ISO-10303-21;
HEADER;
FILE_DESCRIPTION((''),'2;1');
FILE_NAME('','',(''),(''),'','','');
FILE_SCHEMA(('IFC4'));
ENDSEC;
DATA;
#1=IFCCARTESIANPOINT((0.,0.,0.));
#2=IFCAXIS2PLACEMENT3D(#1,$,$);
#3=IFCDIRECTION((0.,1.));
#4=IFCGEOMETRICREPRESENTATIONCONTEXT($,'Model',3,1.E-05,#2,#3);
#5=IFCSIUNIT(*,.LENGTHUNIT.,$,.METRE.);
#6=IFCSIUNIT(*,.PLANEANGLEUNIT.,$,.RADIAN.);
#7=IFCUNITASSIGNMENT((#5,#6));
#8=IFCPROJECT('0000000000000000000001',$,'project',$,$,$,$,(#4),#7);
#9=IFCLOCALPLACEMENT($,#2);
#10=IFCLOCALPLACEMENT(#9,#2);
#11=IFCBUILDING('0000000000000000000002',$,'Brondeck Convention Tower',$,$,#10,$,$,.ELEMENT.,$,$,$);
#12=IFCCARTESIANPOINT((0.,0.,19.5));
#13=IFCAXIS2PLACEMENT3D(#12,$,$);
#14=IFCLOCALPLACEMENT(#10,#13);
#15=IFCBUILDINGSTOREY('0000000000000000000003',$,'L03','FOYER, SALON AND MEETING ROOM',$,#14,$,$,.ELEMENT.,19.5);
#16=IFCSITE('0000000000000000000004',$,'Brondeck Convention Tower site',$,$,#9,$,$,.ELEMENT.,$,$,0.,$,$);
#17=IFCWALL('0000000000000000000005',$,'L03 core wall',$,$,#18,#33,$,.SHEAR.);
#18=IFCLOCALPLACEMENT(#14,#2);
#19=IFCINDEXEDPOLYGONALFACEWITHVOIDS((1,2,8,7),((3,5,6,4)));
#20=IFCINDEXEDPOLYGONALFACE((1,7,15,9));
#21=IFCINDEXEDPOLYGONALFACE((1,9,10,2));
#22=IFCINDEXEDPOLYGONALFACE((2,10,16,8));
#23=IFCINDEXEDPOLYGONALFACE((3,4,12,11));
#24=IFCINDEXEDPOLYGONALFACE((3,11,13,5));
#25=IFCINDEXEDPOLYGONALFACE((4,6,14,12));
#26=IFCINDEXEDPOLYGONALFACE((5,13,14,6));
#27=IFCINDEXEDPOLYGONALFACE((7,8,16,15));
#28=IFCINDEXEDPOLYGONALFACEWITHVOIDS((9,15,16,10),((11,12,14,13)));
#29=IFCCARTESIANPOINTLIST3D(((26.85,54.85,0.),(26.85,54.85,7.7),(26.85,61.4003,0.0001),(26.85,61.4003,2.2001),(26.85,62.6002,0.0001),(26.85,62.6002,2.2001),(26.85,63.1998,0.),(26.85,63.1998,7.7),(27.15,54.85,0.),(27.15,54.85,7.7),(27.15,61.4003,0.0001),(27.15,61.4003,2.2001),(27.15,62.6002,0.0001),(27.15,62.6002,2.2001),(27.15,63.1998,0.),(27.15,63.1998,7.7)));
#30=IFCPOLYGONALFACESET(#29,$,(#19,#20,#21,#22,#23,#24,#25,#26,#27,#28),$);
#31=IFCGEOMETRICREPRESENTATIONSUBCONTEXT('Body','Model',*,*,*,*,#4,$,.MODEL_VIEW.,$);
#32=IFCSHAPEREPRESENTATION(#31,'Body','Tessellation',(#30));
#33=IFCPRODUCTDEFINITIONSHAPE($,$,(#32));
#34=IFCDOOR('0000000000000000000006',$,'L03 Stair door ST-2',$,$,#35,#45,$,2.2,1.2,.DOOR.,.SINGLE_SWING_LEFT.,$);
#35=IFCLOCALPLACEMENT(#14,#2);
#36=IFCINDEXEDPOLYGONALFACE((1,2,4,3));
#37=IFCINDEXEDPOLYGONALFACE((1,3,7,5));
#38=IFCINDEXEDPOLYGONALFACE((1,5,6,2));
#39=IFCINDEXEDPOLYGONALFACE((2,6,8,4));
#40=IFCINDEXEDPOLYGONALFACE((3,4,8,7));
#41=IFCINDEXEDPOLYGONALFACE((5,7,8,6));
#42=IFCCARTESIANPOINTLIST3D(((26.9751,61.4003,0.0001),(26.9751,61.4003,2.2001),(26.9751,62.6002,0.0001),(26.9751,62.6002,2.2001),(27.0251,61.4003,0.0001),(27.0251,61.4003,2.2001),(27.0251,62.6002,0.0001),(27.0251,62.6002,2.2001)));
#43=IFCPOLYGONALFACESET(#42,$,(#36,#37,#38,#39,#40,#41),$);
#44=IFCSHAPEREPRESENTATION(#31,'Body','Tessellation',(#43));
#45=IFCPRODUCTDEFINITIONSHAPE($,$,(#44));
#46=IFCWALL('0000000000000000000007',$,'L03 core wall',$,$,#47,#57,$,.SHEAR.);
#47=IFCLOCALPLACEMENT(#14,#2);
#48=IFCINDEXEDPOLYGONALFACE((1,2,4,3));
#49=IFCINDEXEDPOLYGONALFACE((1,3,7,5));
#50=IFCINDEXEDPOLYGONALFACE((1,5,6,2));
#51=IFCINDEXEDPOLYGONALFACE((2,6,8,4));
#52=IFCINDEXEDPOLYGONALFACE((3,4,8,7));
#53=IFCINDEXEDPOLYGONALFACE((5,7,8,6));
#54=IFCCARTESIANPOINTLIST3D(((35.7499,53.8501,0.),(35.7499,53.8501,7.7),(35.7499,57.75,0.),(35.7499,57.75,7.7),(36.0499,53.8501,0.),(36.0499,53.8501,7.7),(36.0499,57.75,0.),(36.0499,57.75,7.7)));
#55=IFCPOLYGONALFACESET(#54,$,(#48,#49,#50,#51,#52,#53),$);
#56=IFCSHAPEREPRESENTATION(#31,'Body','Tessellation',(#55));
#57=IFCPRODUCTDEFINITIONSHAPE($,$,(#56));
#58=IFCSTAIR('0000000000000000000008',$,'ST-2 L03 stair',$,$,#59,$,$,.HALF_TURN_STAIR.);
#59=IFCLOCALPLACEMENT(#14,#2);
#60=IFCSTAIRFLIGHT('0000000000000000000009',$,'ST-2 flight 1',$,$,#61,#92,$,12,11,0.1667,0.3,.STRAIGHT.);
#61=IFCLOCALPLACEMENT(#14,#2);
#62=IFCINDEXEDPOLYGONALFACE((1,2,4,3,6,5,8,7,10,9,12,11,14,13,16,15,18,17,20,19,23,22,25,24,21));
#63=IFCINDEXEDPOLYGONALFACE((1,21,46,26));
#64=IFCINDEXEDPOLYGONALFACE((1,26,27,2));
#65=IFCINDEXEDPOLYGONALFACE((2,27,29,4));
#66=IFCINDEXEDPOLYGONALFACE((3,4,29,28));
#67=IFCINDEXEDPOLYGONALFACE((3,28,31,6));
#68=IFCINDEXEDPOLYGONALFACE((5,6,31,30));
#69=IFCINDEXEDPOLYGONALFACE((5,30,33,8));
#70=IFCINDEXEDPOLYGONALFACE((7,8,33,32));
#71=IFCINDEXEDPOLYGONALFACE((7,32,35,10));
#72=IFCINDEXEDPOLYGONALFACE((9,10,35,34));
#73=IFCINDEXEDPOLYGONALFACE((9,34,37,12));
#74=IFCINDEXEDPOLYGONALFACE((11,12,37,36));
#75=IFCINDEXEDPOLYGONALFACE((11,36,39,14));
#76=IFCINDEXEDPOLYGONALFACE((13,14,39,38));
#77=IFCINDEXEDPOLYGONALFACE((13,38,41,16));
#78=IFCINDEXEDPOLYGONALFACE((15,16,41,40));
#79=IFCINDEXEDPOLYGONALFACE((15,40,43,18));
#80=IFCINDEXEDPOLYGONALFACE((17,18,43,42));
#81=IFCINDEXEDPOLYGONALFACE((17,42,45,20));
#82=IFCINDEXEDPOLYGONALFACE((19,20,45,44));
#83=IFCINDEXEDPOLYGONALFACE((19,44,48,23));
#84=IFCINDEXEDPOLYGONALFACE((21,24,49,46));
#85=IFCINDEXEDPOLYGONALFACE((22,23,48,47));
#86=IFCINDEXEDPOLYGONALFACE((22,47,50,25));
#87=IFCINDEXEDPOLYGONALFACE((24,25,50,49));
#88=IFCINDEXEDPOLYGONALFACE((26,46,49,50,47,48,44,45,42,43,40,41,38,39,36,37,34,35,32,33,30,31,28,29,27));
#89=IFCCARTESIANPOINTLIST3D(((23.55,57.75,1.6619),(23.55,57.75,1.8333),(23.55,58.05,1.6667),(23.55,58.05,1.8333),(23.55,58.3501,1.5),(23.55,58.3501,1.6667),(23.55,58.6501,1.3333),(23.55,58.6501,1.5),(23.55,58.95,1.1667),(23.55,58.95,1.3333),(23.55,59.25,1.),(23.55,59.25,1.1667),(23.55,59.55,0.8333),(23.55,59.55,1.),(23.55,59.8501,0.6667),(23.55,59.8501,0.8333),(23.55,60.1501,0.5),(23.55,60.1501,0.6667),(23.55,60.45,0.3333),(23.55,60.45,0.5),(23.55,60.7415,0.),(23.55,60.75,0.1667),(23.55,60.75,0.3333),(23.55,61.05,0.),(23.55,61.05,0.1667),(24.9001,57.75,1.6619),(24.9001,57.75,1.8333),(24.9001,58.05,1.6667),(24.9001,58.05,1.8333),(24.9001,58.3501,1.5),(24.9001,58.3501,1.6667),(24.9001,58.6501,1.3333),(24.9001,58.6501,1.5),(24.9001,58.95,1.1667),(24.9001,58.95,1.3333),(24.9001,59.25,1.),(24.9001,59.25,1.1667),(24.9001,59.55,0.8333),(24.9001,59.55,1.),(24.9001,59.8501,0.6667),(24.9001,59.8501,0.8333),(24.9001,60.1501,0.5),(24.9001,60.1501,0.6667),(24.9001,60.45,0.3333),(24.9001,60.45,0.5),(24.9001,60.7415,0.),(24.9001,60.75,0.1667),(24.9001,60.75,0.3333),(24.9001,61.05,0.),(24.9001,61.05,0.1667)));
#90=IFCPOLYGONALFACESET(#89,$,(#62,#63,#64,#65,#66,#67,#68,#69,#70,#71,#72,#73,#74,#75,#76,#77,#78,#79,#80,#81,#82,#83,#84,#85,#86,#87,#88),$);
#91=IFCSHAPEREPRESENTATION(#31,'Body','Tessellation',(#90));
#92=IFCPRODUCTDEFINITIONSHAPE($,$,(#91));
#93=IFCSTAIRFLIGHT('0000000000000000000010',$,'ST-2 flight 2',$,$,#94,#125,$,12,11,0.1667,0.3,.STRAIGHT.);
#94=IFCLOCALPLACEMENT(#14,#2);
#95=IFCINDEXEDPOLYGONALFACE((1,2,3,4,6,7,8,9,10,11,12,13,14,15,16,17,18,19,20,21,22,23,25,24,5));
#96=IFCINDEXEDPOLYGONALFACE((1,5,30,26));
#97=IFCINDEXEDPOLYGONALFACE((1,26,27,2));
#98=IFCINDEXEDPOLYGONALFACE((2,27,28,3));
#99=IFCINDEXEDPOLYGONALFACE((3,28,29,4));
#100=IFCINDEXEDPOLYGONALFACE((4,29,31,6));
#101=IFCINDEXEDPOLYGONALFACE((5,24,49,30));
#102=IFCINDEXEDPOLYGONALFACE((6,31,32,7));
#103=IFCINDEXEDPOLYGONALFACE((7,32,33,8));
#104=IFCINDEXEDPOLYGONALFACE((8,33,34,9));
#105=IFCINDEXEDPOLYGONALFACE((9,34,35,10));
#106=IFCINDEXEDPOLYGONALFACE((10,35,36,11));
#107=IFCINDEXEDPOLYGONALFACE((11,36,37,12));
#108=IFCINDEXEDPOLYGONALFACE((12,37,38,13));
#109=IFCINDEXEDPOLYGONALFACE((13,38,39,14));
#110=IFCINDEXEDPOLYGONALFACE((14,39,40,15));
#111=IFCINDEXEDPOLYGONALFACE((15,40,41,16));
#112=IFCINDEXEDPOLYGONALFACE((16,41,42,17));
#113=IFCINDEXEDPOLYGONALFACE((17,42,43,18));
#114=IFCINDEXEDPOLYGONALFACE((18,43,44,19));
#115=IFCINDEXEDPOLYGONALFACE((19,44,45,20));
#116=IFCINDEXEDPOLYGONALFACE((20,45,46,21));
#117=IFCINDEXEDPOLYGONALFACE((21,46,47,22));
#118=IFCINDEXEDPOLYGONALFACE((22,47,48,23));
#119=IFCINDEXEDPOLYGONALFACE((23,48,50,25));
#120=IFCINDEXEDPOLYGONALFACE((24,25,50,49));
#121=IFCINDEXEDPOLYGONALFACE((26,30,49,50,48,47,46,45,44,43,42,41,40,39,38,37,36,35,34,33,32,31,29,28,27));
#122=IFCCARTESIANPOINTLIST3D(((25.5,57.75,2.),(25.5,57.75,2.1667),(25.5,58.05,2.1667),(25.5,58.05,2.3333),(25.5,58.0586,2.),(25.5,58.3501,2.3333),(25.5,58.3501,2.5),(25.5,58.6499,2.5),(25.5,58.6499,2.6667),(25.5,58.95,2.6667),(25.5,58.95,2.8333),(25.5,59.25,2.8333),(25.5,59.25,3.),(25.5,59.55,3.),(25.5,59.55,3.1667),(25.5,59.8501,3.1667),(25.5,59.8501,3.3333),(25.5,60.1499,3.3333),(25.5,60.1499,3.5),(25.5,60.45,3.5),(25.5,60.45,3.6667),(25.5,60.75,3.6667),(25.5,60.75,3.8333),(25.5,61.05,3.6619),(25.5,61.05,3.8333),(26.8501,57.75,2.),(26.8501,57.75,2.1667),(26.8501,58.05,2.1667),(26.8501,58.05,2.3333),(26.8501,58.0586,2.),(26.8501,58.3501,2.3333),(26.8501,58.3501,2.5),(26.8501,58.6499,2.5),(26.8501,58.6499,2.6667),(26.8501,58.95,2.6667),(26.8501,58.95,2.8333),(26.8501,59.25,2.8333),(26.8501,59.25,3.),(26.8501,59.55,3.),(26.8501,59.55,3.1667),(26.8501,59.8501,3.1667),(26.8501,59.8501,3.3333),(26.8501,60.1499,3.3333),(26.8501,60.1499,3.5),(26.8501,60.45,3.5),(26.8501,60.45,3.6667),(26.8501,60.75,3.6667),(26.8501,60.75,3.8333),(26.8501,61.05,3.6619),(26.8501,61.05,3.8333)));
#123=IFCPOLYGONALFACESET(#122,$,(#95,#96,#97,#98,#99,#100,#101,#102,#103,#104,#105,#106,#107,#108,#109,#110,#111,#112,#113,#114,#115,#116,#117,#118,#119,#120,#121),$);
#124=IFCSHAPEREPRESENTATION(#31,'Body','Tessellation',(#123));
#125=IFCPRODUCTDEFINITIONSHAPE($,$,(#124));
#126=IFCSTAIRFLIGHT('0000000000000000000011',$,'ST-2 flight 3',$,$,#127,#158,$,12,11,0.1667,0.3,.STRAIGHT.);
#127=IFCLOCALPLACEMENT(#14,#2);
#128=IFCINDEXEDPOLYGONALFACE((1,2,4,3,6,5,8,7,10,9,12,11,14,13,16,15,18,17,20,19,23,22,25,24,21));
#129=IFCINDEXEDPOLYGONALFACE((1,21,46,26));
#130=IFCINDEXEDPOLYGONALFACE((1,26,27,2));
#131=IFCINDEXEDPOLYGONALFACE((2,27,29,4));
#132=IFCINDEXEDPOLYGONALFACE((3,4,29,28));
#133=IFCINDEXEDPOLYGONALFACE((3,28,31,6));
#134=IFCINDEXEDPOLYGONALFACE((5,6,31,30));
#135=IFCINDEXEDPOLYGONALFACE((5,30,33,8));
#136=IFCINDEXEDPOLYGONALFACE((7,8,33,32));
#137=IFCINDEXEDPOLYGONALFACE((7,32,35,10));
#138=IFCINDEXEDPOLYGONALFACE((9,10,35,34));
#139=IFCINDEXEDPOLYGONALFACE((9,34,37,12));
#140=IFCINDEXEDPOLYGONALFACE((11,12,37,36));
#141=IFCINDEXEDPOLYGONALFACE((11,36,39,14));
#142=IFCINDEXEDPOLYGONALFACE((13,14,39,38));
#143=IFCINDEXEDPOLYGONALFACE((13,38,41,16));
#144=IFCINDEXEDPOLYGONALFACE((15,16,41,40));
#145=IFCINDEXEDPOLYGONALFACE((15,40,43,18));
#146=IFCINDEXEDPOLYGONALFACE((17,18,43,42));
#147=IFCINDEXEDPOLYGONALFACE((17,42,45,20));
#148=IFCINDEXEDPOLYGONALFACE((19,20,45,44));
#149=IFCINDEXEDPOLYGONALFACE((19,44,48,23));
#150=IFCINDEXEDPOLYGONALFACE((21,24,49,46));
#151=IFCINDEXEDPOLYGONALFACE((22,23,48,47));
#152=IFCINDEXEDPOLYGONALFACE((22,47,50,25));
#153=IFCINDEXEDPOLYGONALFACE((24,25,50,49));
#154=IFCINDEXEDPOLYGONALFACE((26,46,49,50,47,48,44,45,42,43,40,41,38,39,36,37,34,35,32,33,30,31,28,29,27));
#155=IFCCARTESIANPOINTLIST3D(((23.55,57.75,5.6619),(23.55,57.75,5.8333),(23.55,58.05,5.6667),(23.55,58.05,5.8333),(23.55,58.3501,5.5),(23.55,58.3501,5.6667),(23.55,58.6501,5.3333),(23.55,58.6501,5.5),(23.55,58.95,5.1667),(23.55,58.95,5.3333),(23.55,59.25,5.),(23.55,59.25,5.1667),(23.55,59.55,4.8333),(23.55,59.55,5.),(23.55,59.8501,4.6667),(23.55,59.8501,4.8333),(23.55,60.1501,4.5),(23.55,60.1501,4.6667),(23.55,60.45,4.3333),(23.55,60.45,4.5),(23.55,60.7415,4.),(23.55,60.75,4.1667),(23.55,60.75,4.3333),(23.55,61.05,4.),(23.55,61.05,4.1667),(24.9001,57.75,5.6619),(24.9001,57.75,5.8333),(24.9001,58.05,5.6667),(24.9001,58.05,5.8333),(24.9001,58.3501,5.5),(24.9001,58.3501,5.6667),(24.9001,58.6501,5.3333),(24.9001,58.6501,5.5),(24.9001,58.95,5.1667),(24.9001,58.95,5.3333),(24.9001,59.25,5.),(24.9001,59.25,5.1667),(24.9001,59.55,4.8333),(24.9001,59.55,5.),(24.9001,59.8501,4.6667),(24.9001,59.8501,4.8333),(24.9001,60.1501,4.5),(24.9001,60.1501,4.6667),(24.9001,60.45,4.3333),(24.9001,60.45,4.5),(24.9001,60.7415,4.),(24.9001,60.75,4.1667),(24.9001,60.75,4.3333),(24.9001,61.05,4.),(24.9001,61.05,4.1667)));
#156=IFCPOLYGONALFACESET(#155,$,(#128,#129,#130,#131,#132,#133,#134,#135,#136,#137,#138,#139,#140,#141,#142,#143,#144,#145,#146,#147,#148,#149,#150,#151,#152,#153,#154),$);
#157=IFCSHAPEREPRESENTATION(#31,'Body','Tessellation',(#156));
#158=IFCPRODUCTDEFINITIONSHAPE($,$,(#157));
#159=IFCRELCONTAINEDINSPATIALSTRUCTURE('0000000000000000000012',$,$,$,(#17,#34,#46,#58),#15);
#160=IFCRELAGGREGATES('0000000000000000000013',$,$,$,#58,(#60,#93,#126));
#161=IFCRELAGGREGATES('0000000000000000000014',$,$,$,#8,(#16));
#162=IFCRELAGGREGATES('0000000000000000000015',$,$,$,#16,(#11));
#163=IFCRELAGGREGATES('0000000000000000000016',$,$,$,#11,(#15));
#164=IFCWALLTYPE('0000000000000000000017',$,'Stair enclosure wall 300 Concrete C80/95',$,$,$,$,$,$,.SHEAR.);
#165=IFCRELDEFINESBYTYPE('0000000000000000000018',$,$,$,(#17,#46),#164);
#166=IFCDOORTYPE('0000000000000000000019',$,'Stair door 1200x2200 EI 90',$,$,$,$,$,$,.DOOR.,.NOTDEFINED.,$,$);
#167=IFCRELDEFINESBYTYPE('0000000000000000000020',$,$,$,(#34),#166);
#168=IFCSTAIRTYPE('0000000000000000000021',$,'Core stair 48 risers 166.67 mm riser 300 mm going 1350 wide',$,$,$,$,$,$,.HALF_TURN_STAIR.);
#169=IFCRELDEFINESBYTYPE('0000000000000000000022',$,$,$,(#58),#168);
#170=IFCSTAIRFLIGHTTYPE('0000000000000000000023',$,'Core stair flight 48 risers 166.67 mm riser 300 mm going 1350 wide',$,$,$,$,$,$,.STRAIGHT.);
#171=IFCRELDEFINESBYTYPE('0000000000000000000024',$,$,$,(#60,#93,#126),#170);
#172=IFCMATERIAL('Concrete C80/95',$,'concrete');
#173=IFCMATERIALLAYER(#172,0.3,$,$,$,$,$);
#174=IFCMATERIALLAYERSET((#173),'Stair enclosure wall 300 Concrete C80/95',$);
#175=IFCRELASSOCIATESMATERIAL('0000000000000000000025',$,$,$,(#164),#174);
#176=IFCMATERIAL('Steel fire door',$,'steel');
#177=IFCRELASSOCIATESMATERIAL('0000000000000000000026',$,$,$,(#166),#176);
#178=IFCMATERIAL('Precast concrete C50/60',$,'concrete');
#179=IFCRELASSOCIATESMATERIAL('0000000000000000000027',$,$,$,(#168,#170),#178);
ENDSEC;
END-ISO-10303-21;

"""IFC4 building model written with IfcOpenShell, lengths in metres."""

from ifc_helpers import new_model, si_unit, direction, frame, frame_2d, origin, place, context, subcontext, project, spatial, polyline, rectangle, outline, extrude, material, layer, layer_set, type_object, element, fill, aggregate, save


model = new_model("IFC4")

# Units and contexts
model_context = context("Model", 3, precision=1e-05, world=origin(), true_north=direction((0.0, 1.0)))
body_context = subcontext(model_context, "Body", "Model", "MODEL_VIEW")
ifc_project = project(units=[si_unit("LENGTHUNIT", "METRE"), si_unit("PLANEANGLEUNIT", "RADIAN")], contexts=[model_context])

# Site, building, storey
site_placement = place(None, origin())
site = spatial("IfcSite", under=ifc_project, at=site_placement, Name="Brondeck Convention Tower site", CompositionType="ELEMENT", RefElevation=0.0)
building_placement = place(site_placement, origin())
building = spatial("IfcBuilding", under=site, at=building_placement, Name="Brondeck Convention Tower", CompositionType="ELEMENT")
storey_placement = place(building_placement, frame((0.0, 0.0, 19.5)))
storey = spatial("IfcBuildingStorey", under=building, at=storey_placement, Name="L03", Description="FOYER, SALON AND MEETING ROOM", CompositionType="ELEMENT", Elevation=19.5)

# Shared definitions
ifc_material_1 = material(Name="Concrete C80/95", Category="concrete")

# Shared definitions
ifc_layer_1 = layer(ifc_material_1, 0.3)
ifc_layer_set_1 = layer_set([ifc_layer_1], Name="Stair enclosure wall 300 Concrete C80/95")
wall_type_1 = type_object("IfcWallType", Name="Stair enclosure wall 300 Concrete C80/95", PredefinedType="SHEAR", material=ifc_layer_set_1)

# Wall, opening, door
wall_1_placement = place(storey_placement, frame((27.0, 54.8501, 0.0), z_axis=(0.0, 0.0, 1.0), x_axis=(0.0, 1.0, 0.0)))
wall_1 = element("IfcWall", 1, at=wall_1_placement, inside=storey, type_object=wall_type_1, Name="L03 core wall", PredefinedType="SHEAR", context=body_context, shape_type="SweptSolid", body=[
    extrude(rectangle(XDim=8.3499, YDim=0.3, at=frame_2d((4.1748, 0.0))), origin(), (0.0, 0.0, 1.0), 7.7),
])
opening_1_placement = place(wall_1_placement, frame((6.55, 0.0, 0.0)))
opening_1 = element("IfcOpeningElement", 2, at=opening_1_placement, cuts=wall_1, PredefinedType="OPENING", context=body_context, shape_type="SweptSolid", body=[
    extrude(rectangle(XDim=1.2, YDim=2.2, at=frame_2d((0.6001, 1.1001))), frame((0.0, 0.1599, 0.0), z_axis=(0.0, -1.0, 0.0), x_axis=(1.0, 0.0, 0.0)), (0.0, 0.0, 1.0), 0.3201),
])
ifc_material_2 = material(Name="Steel fire door", Category="steel")
door_type_1 = type_object("IfcDoorType", Name="Stair door 1200x2200 EI 90", OperationType="NOTDEFINED", PredefinedType="DOOR", material=ifc_material_2)
door_1_placement = place(opening_1_placement, origin())
door_1 = element("IfcDoor", 3, at=door_1_placement, inside=storey, type_object=door_type_1, Name="L03 Stair door ST-2", OperationType="SINGLE_SWING_LEFT", OverallHeight=2.2, OverallWidth=1.2, PredefinedType="DOOR", context=body_context, shape_type="SweptSolid", body=[
    extrude(rectangle(XDim=1.2, YDim=2.2, at=frame_2d((0.6001, 1.1001))), frame((0.0, 0.0249, 0.0), z_axis=(0.0, -1.0, 0.0), x_axis=(1.0, 0.0, 0.0)), (0.0, 0.0, 1.0), 0.05),
])
fill(opening_1, door_1)

# Wall
wall_2_placement = place(storey_placement, frame((35.8999, 53.8501, 0.0), z_axis=(0.0, 0.0, 1.0), x_axis=(0.0, 1.0, 0.0)))
element("IfcWall", 4, at=wall_2_placement, inside=storey, type_object=wall_type_1, Name="L03 core wall", PredefinedType="SHEAR", context=body_context, shape_type="SweptSolid", body=[
    extrude(rectangle(XDim=3.8999, YDim=0.3, at=frame_2d((1.95, 0.0))), origin(), (0.0, 0.0, 1.0), 7.7),
])

# Stair, stair flights
ifc_material_3 = material(Name="Precast concrete C50/60", Category="concrete")
stair_type = type_object("IfcStairType", Name="Core stair 48 risers 166.67 mm riser 300 mm going 1350 wide", PredefinedType="HALF_TURN_STAIR", material=ifc_material_3)
stair_placement = place(storey_placement, origin())
stair = element("IfcStair", 5, at=stair_placement, inside=storey, type_object=stair_type, Name="ST-2 L03 stair", PredefinedType="HALF_TURN_STAIR")
stair_flight_type = type_object("IfcStairFlightType", Name="Core stair flight 48 risers 166.67 mm riser 300 mm going 1350 wide", PredefinedType="STRAIGHT", material=ifc_material_3)
stair_flight_1_placement = place(storey_placement, frame((24.2251, 61.05, 0.0), z_axis=(0.0, 0.0, 1.0), x_axis=(0.0, -1.0, 0.0)))
stair_flight_1 = element("IfcStairFlight", 6, at=stair_flight_1_placement, type_object=stair_flight_type, Name="ST-2 flight 1", NumberOfRisers=12, NumberOfTreads=11, PredefinedType="STRAIGHT", RiserHeight=0.1667, TreadLength=0.3, context=body_context, shape_type="SweptSolid", body=[
    extrude(outline(polyline([(0.0, 0.0), (0.0, 0.1667), (0.3, 0.1667), (0.3, 0.3333), (0.6001, 0.3333), (0.6001, 0.5), (0.8999, 0.5), (0.8999, 0.6667), (1.2, 0.6667), (1.2, 0.8333), (1.5, 0.8333), (1.5, 1.0), (1.8, 1.0), (1.8, 1.1667), (2.1001, 1.1667), (2.1001, 1.3333), (2.3999, 1.3333), (2.3999, 1.5), (2.7, 1.5), (2.7, 1.6667), (3.0, 1.6667), (3.0, 1.8333), (3.3, 1.8333), (3.3, 2.0), (3.3, 1.6619), (0.3086, 0.0), (0.0, 0.0)])), frame((0.0, 0.675, 0.0), z_axis=(0.0, -1.0, 0.0), x_axis=(1.0, 0.0, 0.0)), (0.0, 0.0, 1.0), 1.3501),
])
stair_flight_2_placement = place(storey_placement, frame((26.175, 57.75, 2.0), z_axis=(0.0, 0.0, 1.0), x_axis=(0.0, 1.0, 0.0)))
stair_flight_2 = element("IfcStairFlight", 7, at=stair_flight_2_placement, type_object=stair_flight_type, Name="ST-2 flight 2", NumberOfRisers=12, NumberOfTreads=11, PredefinedType="STRAIGHT", RiserHeight=0.1667, TreadLength=0.3, context=body_context, shape_type="SweptSolid", body=[
    extrude(outline(polyline([(0.0, 0.0), (0.0, 0.1667), (0.3, 0.1667), (0.3, 0.3333), (0.6001, 0.3333), (0.6001, 0.5), (0.8999, 0.5), (0.8999, 0.6667), (1.2, 0.6667), (1.2, 0.8333), (1.5, 0.8333), (1.5, 1.0), (1.8, 1.0), (1.8, 1.1667), (2.1001, 1.1667), (2.1001, 1.3333), (2.3999, 1.3333), (2.3999, 1.5), (2.7, 1.5), (2.7, 1.6667), (3.0, 1.6667), (3.0, 1.8333), (3.3, 1.8333), (3.3, 2.0), (3.3, 1.6619), (0.3086, 0.0), (0.0, 0.0)])), frame((0.0, 0.675, 0.0), z_axis=(0.0, -1.0, 0.0), x_axis=(1.0, 0.0, 0.0)), (0.0, 0.0, 1.0), 1.3501),
])
stair_flight_3_placement = place(storey_placement, frame((24.2251, 61.05, 4.0), z_axis=(0.0, 0.0, 1.0), x_axis=(0.0, -1.0, 0.0)))
stair_flight_3 = element("IfcStairFlight", 8, at=stair_flight_3_placement, type_object=stair_flight_type, Name="ST-2 flight 3", NumberOfRisers=12, NumberOfTreads=11, PredefinedType="STRAIGHT", RiserHeight=0.1667, TreadLength=0.3, context=body_context, shape_type="SweptSolid", body=[
    extrude(outline(polyline([(0.0, 0.0), (0.0, 0.1667), (0.3, 0.1667), (0.3, 0.3333), (0.6001, 0.3333), (0.6001, 0.5), (0.8999, 0.5), (0.8999, 0.6667), (1.2, 0.6667), (1.2, 0.8333), (1.5, 0.8333), (1.5, 1.0), (1.8, 1.0), (1.8, 1.1667), (2.1001, 1.1667), (2.1001, 1.3333), (2.3999, 1.3333), (2.3999, 1.5), (2.7, 1.5), (2.7, 1.6667), (3.0, 1.6667), (3.0, 1.8333), (3.3, 1.8333), (3.3, 2.0), (3.3, 1.6619), (0.3086, 0.0), (0.0, 0.0)])), frame((0.0, 0.675, 0.0), z_axis=(0.0, -1.0, 0.0), x_axis=(1.0, 0.0, 0.0)), (0.0, 0.0, 1.0), 1.3501),
])
aggregate(stair, [stair_flight_1, stair_flight_2, stair_flight_3])

save(model, "model.ifc")
